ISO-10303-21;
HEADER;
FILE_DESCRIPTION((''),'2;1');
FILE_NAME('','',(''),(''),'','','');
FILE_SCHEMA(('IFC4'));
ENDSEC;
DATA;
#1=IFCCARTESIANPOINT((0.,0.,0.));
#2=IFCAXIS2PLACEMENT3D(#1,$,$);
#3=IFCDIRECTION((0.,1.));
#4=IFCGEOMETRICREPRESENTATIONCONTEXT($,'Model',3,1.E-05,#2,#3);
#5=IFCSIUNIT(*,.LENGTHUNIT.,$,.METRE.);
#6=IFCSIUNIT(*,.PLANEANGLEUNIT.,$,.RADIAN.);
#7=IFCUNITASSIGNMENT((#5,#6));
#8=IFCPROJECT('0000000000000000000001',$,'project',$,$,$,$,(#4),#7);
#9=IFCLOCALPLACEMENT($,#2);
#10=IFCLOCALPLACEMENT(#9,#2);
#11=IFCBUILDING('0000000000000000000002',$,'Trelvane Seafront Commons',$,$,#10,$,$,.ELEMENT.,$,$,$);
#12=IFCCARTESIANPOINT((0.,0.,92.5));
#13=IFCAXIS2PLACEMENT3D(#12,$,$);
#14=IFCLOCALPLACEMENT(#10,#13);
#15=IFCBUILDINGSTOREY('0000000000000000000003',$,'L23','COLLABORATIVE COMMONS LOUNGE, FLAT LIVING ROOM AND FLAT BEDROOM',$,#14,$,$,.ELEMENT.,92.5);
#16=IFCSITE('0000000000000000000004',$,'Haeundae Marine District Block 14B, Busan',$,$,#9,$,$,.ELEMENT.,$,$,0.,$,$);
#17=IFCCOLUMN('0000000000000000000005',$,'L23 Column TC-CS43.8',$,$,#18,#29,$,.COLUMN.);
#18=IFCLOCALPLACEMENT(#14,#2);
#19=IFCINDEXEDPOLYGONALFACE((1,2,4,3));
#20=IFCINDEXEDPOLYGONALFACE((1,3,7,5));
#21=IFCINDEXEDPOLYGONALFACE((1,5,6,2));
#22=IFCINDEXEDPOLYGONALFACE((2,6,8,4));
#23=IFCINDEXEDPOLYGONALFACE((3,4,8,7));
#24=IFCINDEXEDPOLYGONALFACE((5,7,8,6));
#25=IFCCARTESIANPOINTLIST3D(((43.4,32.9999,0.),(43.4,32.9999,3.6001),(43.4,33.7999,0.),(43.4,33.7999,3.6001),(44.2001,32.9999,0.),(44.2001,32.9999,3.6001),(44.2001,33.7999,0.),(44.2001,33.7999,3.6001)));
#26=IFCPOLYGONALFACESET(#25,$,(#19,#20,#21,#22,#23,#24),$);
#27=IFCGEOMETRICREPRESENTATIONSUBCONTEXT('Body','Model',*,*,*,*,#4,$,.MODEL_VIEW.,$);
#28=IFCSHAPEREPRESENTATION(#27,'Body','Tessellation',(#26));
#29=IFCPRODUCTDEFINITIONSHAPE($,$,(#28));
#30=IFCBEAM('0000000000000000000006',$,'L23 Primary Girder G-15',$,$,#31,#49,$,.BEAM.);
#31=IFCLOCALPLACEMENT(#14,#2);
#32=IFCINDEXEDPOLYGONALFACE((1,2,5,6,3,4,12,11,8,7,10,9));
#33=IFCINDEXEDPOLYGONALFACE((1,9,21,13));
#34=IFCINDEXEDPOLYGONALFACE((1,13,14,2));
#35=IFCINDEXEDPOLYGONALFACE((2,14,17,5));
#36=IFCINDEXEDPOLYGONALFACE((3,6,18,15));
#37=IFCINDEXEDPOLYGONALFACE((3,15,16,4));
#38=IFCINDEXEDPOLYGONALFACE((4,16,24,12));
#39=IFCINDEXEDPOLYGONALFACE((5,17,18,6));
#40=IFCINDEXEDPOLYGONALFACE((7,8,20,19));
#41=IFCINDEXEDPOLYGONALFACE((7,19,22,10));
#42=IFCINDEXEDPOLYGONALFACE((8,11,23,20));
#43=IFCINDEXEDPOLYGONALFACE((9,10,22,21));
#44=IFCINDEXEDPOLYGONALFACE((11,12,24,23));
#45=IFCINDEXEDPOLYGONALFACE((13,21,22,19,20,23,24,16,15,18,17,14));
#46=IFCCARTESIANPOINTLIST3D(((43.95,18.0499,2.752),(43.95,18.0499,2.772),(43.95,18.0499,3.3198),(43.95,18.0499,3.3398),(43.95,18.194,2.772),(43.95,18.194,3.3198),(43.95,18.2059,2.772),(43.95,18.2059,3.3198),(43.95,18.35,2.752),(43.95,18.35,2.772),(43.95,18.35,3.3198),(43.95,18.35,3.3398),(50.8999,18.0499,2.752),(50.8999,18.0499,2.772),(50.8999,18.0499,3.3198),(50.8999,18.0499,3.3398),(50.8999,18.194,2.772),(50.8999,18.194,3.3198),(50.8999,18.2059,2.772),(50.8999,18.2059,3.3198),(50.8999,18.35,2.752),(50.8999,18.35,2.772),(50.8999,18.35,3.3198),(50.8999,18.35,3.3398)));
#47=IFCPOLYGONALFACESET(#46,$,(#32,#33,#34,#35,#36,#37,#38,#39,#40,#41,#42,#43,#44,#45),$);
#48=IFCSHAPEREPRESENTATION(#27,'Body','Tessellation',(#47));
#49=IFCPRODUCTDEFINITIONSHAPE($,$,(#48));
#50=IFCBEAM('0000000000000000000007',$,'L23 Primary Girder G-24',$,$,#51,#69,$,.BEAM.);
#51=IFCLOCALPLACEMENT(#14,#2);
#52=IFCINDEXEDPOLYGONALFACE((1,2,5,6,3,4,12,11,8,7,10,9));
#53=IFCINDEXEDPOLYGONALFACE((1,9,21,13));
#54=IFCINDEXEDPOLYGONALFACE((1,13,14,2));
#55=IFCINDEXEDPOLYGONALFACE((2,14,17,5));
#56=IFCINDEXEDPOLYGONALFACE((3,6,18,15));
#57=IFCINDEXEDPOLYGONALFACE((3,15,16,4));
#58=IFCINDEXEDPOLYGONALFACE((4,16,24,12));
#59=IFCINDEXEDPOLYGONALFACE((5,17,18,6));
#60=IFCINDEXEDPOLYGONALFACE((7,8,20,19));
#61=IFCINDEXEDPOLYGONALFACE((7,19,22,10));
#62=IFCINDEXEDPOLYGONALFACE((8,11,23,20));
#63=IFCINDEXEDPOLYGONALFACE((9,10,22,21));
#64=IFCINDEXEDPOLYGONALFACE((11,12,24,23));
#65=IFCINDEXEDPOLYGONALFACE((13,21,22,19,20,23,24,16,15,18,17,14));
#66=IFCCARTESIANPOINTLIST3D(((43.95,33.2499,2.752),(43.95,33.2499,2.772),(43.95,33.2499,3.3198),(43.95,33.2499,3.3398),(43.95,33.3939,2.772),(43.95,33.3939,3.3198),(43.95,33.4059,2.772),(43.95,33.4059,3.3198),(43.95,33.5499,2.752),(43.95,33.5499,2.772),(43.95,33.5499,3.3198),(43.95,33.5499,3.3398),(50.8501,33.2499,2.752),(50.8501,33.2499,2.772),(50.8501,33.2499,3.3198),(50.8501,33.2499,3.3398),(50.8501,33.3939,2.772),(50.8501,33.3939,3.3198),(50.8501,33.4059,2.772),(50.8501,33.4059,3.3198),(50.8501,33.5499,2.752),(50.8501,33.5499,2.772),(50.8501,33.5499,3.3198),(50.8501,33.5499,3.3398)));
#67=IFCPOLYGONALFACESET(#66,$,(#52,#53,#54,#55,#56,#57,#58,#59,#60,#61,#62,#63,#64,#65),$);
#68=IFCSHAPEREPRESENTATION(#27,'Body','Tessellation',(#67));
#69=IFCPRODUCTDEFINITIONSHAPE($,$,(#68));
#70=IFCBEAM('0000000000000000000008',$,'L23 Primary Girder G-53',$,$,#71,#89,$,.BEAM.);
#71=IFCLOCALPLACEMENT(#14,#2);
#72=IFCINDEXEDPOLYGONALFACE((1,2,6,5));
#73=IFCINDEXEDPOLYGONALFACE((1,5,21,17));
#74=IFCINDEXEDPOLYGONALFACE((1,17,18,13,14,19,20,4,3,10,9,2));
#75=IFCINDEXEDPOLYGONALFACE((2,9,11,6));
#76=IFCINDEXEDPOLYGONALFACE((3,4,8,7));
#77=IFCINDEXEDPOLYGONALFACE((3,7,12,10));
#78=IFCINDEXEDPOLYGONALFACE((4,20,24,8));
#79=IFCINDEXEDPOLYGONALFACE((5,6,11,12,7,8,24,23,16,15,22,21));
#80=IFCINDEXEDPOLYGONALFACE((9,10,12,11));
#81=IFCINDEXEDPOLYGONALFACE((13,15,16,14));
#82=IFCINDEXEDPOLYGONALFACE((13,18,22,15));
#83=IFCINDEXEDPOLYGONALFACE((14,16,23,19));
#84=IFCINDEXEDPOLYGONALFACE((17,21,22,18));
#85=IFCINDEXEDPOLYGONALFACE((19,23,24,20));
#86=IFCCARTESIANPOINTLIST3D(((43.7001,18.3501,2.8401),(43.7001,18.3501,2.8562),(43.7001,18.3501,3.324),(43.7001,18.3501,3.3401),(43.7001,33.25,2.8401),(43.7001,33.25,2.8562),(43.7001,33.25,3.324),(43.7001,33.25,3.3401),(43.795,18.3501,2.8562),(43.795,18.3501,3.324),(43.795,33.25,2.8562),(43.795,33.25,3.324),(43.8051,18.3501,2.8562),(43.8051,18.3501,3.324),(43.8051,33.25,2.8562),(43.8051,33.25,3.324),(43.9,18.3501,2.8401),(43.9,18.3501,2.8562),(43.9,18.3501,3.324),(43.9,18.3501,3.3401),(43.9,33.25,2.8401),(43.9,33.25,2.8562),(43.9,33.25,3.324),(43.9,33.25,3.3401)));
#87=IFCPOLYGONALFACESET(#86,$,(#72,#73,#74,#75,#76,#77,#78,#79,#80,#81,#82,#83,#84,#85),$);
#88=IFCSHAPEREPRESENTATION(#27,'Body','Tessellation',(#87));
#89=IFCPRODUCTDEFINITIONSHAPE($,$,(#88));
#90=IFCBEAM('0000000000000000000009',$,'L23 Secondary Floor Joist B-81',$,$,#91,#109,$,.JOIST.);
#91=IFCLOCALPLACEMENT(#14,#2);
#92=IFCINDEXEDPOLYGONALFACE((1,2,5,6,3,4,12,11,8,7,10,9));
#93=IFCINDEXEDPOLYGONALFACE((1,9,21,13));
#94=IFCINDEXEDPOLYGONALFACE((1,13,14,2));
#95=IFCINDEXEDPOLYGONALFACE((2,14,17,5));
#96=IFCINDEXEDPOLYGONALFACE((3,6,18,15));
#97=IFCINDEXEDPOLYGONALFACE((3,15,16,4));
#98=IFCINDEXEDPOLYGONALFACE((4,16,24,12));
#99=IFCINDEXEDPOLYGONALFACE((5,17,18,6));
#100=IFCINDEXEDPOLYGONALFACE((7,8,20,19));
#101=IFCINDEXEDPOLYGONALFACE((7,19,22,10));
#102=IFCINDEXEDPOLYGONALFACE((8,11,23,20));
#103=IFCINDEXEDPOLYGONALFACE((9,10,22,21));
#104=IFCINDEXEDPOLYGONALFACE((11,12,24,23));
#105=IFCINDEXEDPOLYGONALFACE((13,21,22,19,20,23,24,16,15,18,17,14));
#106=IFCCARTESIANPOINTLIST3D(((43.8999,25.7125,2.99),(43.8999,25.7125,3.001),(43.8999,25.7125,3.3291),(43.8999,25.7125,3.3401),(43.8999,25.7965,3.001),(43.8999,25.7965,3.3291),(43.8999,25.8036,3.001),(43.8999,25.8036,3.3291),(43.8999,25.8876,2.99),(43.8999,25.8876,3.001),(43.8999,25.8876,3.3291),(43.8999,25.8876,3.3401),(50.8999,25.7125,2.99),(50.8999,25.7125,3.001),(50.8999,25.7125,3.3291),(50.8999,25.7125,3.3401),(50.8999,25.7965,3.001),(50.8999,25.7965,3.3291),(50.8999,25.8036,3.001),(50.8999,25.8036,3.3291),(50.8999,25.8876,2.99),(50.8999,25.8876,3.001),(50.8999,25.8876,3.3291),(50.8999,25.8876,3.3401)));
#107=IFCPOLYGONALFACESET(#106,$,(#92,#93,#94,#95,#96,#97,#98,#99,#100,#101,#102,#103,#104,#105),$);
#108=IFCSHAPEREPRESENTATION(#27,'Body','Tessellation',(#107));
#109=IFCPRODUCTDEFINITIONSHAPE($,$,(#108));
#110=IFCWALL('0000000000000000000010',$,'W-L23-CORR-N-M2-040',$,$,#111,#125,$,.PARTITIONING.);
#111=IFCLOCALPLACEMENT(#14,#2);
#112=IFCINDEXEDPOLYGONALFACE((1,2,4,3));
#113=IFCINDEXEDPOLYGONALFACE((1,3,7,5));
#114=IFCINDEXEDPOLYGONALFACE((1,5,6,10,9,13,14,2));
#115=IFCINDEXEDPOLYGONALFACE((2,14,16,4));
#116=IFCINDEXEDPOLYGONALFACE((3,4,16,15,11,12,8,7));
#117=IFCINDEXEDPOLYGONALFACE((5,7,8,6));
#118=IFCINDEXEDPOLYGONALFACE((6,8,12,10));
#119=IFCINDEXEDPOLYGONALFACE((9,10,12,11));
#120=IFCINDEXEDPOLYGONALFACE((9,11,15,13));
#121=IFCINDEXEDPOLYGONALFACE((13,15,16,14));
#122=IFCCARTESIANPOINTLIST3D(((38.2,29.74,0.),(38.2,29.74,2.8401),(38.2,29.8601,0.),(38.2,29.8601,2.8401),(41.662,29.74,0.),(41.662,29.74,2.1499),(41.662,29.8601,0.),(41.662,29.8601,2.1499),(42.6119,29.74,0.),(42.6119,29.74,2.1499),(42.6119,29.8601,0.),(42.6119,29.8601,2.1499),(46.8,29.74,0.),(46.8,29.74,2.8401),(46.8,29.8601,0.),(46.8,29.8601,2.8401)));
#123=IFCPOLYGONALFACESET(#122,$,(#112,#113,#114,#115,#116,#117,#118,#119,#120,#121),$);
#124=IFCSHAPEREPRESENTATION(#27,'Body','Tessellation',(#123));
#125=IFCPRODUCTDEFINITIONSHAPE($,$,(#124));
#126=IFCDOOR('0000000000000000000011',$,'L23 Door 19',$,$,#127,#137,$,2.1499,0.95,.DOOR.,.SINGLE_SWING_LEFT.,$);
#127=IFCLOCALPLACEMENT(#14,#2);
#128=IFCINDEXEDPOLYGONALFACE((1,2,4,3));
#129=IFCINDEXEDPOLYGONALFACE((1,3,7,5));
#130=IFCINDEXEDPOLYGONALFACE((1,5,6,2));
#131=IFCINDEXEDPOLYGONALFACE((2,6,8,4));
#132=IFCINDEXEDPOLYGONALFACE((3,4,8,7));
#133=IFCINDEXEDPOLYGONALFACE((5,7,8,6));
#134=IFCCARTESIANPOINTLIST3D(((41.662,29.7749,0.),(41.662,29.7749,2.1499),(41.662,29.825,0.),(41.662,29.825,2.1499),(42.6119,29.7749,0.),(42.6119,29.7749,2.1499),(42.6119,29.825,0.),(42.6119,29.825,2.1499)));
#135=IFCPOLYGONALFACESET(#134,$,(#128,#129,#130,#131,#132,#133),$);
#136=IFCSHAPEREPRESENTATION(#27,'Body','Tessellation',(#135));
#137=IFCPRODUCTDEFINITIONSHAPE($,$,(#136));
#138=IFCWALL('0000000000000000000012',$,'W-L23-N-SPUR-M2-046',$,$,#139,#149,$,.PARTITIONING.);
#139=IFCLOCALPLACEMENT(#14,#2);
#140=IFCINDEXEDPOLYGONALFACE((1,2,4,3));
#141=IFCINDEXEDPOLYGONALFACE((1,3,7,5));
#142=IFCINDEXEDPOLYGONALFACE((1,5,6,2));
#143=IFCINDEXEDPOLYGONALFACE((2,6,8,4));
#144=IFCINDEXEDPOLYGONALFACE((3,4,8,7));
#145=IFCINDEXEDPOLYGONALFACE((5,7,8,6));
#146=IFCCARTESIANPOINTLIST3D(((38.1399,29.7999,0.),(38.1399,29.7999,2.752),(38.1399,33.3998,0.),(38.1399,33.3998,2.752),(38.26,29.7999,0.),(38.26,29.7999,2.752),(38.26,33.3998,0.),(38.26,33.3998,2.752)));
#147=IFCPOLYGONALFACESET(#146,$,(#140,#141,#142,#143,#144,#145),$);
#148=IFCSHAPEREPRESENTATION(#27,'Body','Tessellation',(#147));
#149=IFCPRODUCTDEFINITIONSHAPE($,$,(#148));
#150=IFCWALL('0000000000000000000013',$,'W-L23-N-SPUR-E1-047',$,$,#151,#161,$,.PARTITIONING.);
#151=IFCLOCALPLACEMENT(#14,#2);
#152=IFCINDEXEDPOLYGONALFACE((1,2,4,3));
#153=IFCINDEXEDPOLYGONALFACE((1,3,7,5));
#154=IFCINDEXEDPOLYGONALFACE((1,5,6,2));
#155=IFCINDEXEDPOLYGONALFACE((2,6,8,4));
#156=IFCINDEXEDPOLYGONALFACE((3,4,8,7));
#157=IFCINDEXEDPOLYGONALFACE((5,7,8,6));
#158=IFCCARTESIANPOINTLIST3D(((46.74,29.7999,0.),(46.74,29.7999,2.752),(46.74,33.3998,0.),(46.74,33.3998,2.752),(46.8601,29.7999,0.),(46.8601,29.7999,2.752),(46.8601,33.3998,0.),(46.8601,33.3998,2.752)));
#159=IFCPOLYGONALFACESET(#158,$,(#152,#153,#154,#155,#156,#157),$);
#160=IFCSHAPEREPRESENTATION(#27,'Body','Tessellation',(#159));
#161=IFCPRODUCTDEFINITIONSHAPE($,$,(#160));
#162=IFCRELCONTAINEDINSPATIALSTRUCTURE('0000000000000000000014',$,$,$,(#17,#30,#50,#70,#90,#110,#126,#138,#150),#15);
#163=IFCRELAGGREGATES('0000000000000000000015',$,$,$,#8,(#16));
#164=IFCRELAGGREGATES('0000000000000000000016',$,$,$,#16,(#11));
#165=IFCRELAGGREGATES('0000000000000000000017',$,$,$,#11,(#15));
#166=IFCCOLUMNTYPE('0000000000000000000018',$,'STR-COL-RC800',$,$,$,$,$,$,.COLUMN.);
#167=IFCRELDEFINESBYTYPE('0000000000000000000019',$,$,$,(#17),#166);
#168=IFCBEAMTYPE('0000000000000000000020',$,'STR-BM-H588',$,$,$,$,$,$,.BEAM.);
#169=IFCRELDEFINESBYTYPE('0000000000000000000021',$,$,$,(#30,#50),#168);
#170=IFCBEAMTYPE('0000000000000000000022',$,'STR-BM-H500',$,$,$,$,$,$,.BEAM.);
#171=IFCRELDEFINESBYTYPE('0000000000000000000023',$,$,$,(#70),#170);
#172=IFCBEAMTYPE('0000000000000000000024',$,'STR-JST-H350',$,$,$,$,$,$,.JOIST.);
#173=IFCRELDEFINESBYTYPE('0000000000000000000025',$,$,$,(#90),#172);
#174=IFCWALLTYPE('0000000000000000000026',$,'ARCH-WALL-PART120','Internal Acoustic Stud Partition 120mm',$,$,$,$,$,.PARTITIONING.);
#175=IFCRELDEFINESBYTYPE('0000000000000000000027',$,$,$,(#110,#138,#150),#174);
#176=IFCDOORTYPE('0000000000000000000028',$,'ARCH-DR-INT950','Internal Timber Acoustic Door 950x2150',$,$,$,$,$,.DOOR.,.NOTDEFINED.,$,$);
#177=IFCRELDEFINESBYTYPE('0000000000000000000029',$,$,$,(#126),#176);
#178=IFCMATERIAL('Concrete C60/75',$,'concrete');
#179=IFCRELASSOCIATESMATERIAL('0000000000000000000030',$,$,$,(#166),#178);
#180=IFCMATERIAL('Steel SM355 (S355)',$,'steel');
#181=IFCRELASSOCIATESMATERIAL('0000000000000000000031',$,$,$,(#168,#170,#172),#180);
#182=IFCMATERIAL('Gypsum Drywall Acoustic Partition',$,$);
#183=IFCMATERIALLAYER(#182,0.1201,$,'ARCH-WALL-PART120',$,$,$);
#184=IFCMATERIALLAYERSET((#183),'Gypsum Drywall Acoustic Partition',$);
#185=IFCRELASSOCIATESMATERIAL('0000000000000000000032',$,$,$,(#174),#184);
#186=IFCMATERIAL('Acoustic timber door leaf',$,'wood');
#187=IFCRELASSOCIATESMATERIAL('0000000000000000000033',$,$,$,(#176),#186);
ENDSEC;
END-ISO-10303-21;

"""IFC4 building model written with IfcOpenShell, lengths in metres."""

from ifc_helpers import new_model, si_unit, direction, frame, frame_2d, origin, origin_2d, place, context, subcontext, project, spatial, rectangle, i_section, extrude, source, transform, mapped, material, layer, layer_set, material_profile, profile_set, type_object, element, fill, save


model = new_model("IFC4")

# Units and contexts
model_context = context("Model", 3, precision=1e-05, world=origin(), true_north=direction((0.0, 1.0)))
body_context = subcontext(model_context, "Body", "Model", "MODEL_VIEW")
ifc_project = project(units=[si_unit("LENGTHUNIT", "METRE"), si_unit("PLANEANGLEUNIT", "RADIAN")], contexts=[model_context])

# Site, building, storey
site_placement = place(None, origin())
site = spatial("IfcSite", under=ifc_project, at=site_placement, Name="Haeundae Marine District Block 14B, Busan", CompositionType="ELEMENT", RefElevation=0.0)
building_placement = place(site_placement, origin())
building = spatial("IfcBuilding", under=site, at=building_placement, Name="Trelvane Seafront Commons", CompositionType="ELEMENT")
storey_placement = place(building_placement, frame((0.0, 0.0, 92.5)))
storey = spatial("IfcBuildingStorey", under=building, at=storey_placement, Name="L23", Description="COLLABORATIVE COMMONS LOUNGE, FLAT LIVING ROOM AND FLAT BEDROOM", CompositionType="ELEMENT", Elevation=92.5)

# Column
ifc_material_1 = material(Name="Concrete C60/75", Category="concrete")
ifc_material_profile_1 = material_profile(ifc_material_1, rectangle(XDim=0.8, YDim=0.8, at=origin_2d()), Name="RC-800x800")
ifc_profile_set_1 = profile_set([ifc_material_profile_1], Name="Concrete C60/75")
column_type = type_object("IfcColumnType", Name="STR-COL-RC800", PredefinedType="COLUMN", material=ifc_profile_set_1)
shared_shape_1 = source(origin(), body_context, "Body", "SweptSolid", [
    extrude(rectangle(XDim=0.8, YDim=0.8, at=origin_2d()), origin(), (0.0, 0.0, 1.0), 3.6001),
])
column_placement = place(storey_placement, frame((43.8, 33.3999, 0.0), z_axis=(0.0, 0.0, 1.0), x_axis=(1.0, 0.0, 0.0)))
element("IfcColumn", 1, at=column_placement, inside=storey, type_object=column_type, Name="L23 Column TC-CS43.8", PredefinedType="COLUMN", context=body_context, shape_type="MappedRepresentation", body=[
    mapped(shared_shape_1, transform((0.0, 0.0, 0.0), x_axis=(1.0, 0.0, 0.0), y_axis=(0.0, 1.0, 0.0), z_axis=(0.0, 0.0, 1.0), scale=1.0)),
])

# Beams
ifc_material_2 = material(Name="Steel SM355 (S355)", Category="steel")
ifc_material_profile_2 = material_profile(ifc_material_2, i_section(OverallWidth=0.3, OverallDepth=0.5879, WebThickness=0.012, FlangeThickness=0.02, at=origin_2d()), Name="H-588x300x12x20")
ifc_profile_set_2 = profile_set([ifc_material_profile_2], Name="Steel SM355 (S355)")
beam_type_1 = type_object("IfcBeamType", Name="STR-BM-H588", PredefinedType="BEAM", material=ifc_profile_set_2)
shared_shape_2 = source(origin(), body_context, "Body", "SweptSolid", [
    extrude(i_section(OverallWidth=0.3, OverallDepth=0.5879, WebThickness=0.012, FlangeThickness=0.02, at=origin_2d()), origin(), (0.0, 0.0, 1.0), 6.95),
])
beam_1_placement = place(storey_placement, frame((43.95, 18.2, 3.0459), z_axis=(1.0, 0.0, 0.0), x_axis=(0.0, 1.0, 0.0)))
element("IfcBeam", 2, at=beam_1_placement, inside=storey, type_object=beam_type_1, Name="L23 Primary Girder G-15", PredefinedType="BEAM", context=body_context, shape_type="MappedRepresentation", body=[
    mapped(shared_shape_2, transform((0.0, 0.0, 0.0), x_axis=(1.0, 0.0, 0.0), y_axis=(0.0, 1.0, 0.0), z_axis=(0.0, 0.0, 1.0), scale=1.0)),
])
shared_shape_3 = source(origin(), body_context, "Body", "SweptSolid", [
    extrude(i_section(OverallWidth=0.3, OverallDepth=0.5879, WebThickness=0.012, FlangeThickness=0.02, at=origin_2d()), origin(), (0.0, 0.0, 1.0), 6.9001),
])
beam_2_placement = place(storey_placement, frame((43.95, 33.3999, 3.0459), z_axis=(1.0, 0.0, 0.0), x_axis=(0.0, 1.0, 0.0)))
element("IfcBeam", 3, at=beam_2_placement, inside=storey, type_object=beam_type_1, Name="L23 Primary Girder G-24", PredefinedType="BEAM", context=body_context, shape_type="MappedRepresentation", body=[
    mapped(shared_shape_3, transform((0.0, 0.0, 0.0), x_axis=(1.0, 0.0, 0.0), y_axis=(0.0, 1.0, 0.0), z_axis=(0.0, 0.0, 1.0), scale=1.0)),
])
ifc_material_profile_3 = material_profile(ifc_material_2, i_section(OverallWidth=0.2, OverallDepth=0.5, WebThickness=0.01, FlangeThickness=0.0161, at=origin_2d()), Name="H-500x200x10x16")
ifc_profile_set_3 = profile_set([ifc_material_profile_3], Name="Steel SM355 (S355)")
beam_type_2 = type_object("IfcBeamType", Name="STR-BM-H500", PredefinedType="BEAM", material=ifc_profile_set_3)
shared_shape_4 = source(origin(), body_context, "Body", "SweptSolid", [
    extrude(i_section(OverallWidth=0.2, OverallDepth=0.5, WebThickness=0.01, FlangeThickness=0.0161, at=origin_2d()), origin(), (0.0, 0.0, 1.0), 14.8999),
])
beam_3_placement = place(storey_placement, frame((43.8, 18.3501, 3.0901), z_axis=(0.0, 1.0, 0.0), x_axis=(-1.0, 0.0, 0.0)))
element("IfcBeam", 4, at=beam_3_placement, inside=storey, type_object=beam_type_2, Name="L23 Primary Girder G-53", PredefinedType="BEAM", context=body_context, shape_type="MappedRepresentation", body=[
    mapped(shared_shape_4, transform((0.0, 0.0, 0.0), x_axis=(1.0, 0.0, 0.0), y_axis=(0.0, 1.0, 0.0), z_axis=(0.0, 0.0, 1.0), scale=1.0)),
])
ifc_material_profile_4 = material_profile(ifc_material_2, i_section(OverallWidth=0.175, OverallDepth=0.3501, WebThickness=0.0071, FlangeThickness=0.011, at=origin_2d()), Name="H-350x175x7x11")
ifc_profile_set_4 = profile_set([ifc_material_profile_4], Name="Steel SM355 (S355)")
beam_type_3 = type_object("IfcBeamType", Name="STR-JST-H350", PredefinedType="JOIST", material=ifc_profile_set_4)
shared_shape_5 = source(origin(), body_context, "Body", "SweptSolid", [
    extrude(i_section(OverallWidth=0.175, OverallDepth=0.3501, WebThickness=0.0071, FlangeThickness=0.011, at=origin_2d()), origin(), (0.0, 0.0, 1.0), 7.0),
])
beam_4_placement = place(storey_placement, frame((43.8999, 25.8, 3.165), z_axis=(1.0, 0.0, 0.0), x_axis=(0.0, 1.0, 0.0)))
element("IfcBeam", 5, at=beam_4_placement, inside=storey, type_object=beam_type_3, Name="L23 Secondary Floor Joist B-81", PredefinedType="JOIST", context=body_context, shape_type="MappedRepresentation", body=[
    mapped(shared_shape_5, transform((0.0, 0.0, 0.0), x_axis=(1.0, 0.0, 0.0), y_axis=(0.0, 1.0, 0.0), z_axis=(0.0, 0.0, 1.0), scale=1.0)),
])

# Shared definitions
shared_shape_6 = source(origin(), body_context, "Body", "SweptSolid", [
    extrude(rectangle(XDim=0.95, YDim=2.1499, at=frame_2d((0.4751, 1.075))), frame((0.0, 0.0249, 0.0), z_axis=(0.0, -1.0, 0.0), x_axis=(1.0, 0.0, 0.0)), (0.0, 0.0, 1.0), 0.05),
])

# Wall, opening, door
ifc_material_3 = material(Name="Gypsum Drywall Acoustic Partition")
ifc_layer_1 = layer(ifc_material_3, 0.1201, Name="ARCH-WALL-PART120")
ifc_layer_set_1 = layer_set([ifc_layer_1], Name="Gypsum Drywall Acoustic Partition")
wall_type_1 = type_object("IfcWallType", Name="ARCH-WALL-PART120", Description="Internal Acoustic Stud Partition 120mm", PredefinedType="PARTITIONING", material=ifc_layer_set_1)
wall_1_placement = place(storey_placement, frame((38.2, 29.8, 0.0), z_axis=(0.0, 0.0, 1.0), x_axis=(1.0, 0.0, 0.0)))
wall_1 = element("IfcWall", 6, at=wall_1_placement, inside=storey, type_object=wall_type_1, Name="W-L23-CORR-N-M2-040", PredefinedType="PARTITIONING", context=body_context, shape_type="SweptSolid", body=[
    extrude(rectangle(XDim=8.6001, YDim=0.1201, at=frame_2d((4.3, 0.0))), origin(), (0.0, 0.0, 1.0), 2.8401),
])
opening_1_placement = place(wall_1_placement, frame((3.4619, 0.0, 0.0)))
opening_1 = element("IfcOpeningElement", 7, at=opening_1_placement, cuts=wall_1, PredefinedType="OPENING", context=body_context, shape_type="SweptSolid", body=[
    extrude(rectangle(XDim=0.95, YDim=2.1499, at=frame_2d((0.4751, 1.075))), frame((0.0, 0.0701, 0.0), z_axis=(0.0, -1.0, 0.0), x_axis=(1.0, 0.0, 0.0)), (0.0, 0.0, 1.0), 0.1401),
])
ifc_material_4 = material(Name="Acoustic timber door leaf", Category="wood")
door_type_1 = type_object("IfcDoorType", Name="ARCH-DR-INT950", Description="Internal Timber Acoustic Door 950x2150", OperationType="NOTDEFINED", PredefinedType="DOOR", material=ifc_material_4)
door_1_placement = place(opening_1_placement, origin())
door_1 = element("IfcDoor", 8, at=door_1_placement, inside=storey, type_object=door_type_1, Name="L23 Door 19", OperationType="SINGLE_SWING_LEFT", OverallHeight=2.1499, OverallWidth=0.95, PredefinedType="DOOR", context=body_context, shape_type="MappedRepresentation", body=[
    mapped(shared_shape_6, transform((0.0, 0.0, 0.0), x_axis=(1.0, 0.0, 0.0), y_axis=(0.0, 1.0, 0.0), z_axis=(0.0, 0.0, 1.0), scale=1.0)),
])
fill(opening_1, door_1)

# Walls
for number, where, z_axis, x_axis, name in (
    (9, (38.2, 29.8, 0.0), (0.0, 0.0, 1.0), (0.0, 1.0, 0.0), "W-L23-N-SPUR-M2-046"),
    (10, (46.8, 29.8, 0.0), (0.0, 0.0, 1.0), (0.0, 1.0, 0.0), "W-L23-N-SPUR-E1-047"),
):
    element("IfcWall", number, at=place(storey_placement, frame(where, z_axis=z_axis, x_axis=x_axis)), inside=storey, type_object=wall_type_1, Name=name, PredefinedType="PARTITIONING", context=body_context, shape_type="SweptSolid", body=[
        extrude(rectangle(XDim=3.5999, YDim=0.1201, at=frame_2d((1.7998, 0.0))), origin(), (0.0, 0.0, 1.0), 2.752),
    ])

save(model, "model.ifc")
